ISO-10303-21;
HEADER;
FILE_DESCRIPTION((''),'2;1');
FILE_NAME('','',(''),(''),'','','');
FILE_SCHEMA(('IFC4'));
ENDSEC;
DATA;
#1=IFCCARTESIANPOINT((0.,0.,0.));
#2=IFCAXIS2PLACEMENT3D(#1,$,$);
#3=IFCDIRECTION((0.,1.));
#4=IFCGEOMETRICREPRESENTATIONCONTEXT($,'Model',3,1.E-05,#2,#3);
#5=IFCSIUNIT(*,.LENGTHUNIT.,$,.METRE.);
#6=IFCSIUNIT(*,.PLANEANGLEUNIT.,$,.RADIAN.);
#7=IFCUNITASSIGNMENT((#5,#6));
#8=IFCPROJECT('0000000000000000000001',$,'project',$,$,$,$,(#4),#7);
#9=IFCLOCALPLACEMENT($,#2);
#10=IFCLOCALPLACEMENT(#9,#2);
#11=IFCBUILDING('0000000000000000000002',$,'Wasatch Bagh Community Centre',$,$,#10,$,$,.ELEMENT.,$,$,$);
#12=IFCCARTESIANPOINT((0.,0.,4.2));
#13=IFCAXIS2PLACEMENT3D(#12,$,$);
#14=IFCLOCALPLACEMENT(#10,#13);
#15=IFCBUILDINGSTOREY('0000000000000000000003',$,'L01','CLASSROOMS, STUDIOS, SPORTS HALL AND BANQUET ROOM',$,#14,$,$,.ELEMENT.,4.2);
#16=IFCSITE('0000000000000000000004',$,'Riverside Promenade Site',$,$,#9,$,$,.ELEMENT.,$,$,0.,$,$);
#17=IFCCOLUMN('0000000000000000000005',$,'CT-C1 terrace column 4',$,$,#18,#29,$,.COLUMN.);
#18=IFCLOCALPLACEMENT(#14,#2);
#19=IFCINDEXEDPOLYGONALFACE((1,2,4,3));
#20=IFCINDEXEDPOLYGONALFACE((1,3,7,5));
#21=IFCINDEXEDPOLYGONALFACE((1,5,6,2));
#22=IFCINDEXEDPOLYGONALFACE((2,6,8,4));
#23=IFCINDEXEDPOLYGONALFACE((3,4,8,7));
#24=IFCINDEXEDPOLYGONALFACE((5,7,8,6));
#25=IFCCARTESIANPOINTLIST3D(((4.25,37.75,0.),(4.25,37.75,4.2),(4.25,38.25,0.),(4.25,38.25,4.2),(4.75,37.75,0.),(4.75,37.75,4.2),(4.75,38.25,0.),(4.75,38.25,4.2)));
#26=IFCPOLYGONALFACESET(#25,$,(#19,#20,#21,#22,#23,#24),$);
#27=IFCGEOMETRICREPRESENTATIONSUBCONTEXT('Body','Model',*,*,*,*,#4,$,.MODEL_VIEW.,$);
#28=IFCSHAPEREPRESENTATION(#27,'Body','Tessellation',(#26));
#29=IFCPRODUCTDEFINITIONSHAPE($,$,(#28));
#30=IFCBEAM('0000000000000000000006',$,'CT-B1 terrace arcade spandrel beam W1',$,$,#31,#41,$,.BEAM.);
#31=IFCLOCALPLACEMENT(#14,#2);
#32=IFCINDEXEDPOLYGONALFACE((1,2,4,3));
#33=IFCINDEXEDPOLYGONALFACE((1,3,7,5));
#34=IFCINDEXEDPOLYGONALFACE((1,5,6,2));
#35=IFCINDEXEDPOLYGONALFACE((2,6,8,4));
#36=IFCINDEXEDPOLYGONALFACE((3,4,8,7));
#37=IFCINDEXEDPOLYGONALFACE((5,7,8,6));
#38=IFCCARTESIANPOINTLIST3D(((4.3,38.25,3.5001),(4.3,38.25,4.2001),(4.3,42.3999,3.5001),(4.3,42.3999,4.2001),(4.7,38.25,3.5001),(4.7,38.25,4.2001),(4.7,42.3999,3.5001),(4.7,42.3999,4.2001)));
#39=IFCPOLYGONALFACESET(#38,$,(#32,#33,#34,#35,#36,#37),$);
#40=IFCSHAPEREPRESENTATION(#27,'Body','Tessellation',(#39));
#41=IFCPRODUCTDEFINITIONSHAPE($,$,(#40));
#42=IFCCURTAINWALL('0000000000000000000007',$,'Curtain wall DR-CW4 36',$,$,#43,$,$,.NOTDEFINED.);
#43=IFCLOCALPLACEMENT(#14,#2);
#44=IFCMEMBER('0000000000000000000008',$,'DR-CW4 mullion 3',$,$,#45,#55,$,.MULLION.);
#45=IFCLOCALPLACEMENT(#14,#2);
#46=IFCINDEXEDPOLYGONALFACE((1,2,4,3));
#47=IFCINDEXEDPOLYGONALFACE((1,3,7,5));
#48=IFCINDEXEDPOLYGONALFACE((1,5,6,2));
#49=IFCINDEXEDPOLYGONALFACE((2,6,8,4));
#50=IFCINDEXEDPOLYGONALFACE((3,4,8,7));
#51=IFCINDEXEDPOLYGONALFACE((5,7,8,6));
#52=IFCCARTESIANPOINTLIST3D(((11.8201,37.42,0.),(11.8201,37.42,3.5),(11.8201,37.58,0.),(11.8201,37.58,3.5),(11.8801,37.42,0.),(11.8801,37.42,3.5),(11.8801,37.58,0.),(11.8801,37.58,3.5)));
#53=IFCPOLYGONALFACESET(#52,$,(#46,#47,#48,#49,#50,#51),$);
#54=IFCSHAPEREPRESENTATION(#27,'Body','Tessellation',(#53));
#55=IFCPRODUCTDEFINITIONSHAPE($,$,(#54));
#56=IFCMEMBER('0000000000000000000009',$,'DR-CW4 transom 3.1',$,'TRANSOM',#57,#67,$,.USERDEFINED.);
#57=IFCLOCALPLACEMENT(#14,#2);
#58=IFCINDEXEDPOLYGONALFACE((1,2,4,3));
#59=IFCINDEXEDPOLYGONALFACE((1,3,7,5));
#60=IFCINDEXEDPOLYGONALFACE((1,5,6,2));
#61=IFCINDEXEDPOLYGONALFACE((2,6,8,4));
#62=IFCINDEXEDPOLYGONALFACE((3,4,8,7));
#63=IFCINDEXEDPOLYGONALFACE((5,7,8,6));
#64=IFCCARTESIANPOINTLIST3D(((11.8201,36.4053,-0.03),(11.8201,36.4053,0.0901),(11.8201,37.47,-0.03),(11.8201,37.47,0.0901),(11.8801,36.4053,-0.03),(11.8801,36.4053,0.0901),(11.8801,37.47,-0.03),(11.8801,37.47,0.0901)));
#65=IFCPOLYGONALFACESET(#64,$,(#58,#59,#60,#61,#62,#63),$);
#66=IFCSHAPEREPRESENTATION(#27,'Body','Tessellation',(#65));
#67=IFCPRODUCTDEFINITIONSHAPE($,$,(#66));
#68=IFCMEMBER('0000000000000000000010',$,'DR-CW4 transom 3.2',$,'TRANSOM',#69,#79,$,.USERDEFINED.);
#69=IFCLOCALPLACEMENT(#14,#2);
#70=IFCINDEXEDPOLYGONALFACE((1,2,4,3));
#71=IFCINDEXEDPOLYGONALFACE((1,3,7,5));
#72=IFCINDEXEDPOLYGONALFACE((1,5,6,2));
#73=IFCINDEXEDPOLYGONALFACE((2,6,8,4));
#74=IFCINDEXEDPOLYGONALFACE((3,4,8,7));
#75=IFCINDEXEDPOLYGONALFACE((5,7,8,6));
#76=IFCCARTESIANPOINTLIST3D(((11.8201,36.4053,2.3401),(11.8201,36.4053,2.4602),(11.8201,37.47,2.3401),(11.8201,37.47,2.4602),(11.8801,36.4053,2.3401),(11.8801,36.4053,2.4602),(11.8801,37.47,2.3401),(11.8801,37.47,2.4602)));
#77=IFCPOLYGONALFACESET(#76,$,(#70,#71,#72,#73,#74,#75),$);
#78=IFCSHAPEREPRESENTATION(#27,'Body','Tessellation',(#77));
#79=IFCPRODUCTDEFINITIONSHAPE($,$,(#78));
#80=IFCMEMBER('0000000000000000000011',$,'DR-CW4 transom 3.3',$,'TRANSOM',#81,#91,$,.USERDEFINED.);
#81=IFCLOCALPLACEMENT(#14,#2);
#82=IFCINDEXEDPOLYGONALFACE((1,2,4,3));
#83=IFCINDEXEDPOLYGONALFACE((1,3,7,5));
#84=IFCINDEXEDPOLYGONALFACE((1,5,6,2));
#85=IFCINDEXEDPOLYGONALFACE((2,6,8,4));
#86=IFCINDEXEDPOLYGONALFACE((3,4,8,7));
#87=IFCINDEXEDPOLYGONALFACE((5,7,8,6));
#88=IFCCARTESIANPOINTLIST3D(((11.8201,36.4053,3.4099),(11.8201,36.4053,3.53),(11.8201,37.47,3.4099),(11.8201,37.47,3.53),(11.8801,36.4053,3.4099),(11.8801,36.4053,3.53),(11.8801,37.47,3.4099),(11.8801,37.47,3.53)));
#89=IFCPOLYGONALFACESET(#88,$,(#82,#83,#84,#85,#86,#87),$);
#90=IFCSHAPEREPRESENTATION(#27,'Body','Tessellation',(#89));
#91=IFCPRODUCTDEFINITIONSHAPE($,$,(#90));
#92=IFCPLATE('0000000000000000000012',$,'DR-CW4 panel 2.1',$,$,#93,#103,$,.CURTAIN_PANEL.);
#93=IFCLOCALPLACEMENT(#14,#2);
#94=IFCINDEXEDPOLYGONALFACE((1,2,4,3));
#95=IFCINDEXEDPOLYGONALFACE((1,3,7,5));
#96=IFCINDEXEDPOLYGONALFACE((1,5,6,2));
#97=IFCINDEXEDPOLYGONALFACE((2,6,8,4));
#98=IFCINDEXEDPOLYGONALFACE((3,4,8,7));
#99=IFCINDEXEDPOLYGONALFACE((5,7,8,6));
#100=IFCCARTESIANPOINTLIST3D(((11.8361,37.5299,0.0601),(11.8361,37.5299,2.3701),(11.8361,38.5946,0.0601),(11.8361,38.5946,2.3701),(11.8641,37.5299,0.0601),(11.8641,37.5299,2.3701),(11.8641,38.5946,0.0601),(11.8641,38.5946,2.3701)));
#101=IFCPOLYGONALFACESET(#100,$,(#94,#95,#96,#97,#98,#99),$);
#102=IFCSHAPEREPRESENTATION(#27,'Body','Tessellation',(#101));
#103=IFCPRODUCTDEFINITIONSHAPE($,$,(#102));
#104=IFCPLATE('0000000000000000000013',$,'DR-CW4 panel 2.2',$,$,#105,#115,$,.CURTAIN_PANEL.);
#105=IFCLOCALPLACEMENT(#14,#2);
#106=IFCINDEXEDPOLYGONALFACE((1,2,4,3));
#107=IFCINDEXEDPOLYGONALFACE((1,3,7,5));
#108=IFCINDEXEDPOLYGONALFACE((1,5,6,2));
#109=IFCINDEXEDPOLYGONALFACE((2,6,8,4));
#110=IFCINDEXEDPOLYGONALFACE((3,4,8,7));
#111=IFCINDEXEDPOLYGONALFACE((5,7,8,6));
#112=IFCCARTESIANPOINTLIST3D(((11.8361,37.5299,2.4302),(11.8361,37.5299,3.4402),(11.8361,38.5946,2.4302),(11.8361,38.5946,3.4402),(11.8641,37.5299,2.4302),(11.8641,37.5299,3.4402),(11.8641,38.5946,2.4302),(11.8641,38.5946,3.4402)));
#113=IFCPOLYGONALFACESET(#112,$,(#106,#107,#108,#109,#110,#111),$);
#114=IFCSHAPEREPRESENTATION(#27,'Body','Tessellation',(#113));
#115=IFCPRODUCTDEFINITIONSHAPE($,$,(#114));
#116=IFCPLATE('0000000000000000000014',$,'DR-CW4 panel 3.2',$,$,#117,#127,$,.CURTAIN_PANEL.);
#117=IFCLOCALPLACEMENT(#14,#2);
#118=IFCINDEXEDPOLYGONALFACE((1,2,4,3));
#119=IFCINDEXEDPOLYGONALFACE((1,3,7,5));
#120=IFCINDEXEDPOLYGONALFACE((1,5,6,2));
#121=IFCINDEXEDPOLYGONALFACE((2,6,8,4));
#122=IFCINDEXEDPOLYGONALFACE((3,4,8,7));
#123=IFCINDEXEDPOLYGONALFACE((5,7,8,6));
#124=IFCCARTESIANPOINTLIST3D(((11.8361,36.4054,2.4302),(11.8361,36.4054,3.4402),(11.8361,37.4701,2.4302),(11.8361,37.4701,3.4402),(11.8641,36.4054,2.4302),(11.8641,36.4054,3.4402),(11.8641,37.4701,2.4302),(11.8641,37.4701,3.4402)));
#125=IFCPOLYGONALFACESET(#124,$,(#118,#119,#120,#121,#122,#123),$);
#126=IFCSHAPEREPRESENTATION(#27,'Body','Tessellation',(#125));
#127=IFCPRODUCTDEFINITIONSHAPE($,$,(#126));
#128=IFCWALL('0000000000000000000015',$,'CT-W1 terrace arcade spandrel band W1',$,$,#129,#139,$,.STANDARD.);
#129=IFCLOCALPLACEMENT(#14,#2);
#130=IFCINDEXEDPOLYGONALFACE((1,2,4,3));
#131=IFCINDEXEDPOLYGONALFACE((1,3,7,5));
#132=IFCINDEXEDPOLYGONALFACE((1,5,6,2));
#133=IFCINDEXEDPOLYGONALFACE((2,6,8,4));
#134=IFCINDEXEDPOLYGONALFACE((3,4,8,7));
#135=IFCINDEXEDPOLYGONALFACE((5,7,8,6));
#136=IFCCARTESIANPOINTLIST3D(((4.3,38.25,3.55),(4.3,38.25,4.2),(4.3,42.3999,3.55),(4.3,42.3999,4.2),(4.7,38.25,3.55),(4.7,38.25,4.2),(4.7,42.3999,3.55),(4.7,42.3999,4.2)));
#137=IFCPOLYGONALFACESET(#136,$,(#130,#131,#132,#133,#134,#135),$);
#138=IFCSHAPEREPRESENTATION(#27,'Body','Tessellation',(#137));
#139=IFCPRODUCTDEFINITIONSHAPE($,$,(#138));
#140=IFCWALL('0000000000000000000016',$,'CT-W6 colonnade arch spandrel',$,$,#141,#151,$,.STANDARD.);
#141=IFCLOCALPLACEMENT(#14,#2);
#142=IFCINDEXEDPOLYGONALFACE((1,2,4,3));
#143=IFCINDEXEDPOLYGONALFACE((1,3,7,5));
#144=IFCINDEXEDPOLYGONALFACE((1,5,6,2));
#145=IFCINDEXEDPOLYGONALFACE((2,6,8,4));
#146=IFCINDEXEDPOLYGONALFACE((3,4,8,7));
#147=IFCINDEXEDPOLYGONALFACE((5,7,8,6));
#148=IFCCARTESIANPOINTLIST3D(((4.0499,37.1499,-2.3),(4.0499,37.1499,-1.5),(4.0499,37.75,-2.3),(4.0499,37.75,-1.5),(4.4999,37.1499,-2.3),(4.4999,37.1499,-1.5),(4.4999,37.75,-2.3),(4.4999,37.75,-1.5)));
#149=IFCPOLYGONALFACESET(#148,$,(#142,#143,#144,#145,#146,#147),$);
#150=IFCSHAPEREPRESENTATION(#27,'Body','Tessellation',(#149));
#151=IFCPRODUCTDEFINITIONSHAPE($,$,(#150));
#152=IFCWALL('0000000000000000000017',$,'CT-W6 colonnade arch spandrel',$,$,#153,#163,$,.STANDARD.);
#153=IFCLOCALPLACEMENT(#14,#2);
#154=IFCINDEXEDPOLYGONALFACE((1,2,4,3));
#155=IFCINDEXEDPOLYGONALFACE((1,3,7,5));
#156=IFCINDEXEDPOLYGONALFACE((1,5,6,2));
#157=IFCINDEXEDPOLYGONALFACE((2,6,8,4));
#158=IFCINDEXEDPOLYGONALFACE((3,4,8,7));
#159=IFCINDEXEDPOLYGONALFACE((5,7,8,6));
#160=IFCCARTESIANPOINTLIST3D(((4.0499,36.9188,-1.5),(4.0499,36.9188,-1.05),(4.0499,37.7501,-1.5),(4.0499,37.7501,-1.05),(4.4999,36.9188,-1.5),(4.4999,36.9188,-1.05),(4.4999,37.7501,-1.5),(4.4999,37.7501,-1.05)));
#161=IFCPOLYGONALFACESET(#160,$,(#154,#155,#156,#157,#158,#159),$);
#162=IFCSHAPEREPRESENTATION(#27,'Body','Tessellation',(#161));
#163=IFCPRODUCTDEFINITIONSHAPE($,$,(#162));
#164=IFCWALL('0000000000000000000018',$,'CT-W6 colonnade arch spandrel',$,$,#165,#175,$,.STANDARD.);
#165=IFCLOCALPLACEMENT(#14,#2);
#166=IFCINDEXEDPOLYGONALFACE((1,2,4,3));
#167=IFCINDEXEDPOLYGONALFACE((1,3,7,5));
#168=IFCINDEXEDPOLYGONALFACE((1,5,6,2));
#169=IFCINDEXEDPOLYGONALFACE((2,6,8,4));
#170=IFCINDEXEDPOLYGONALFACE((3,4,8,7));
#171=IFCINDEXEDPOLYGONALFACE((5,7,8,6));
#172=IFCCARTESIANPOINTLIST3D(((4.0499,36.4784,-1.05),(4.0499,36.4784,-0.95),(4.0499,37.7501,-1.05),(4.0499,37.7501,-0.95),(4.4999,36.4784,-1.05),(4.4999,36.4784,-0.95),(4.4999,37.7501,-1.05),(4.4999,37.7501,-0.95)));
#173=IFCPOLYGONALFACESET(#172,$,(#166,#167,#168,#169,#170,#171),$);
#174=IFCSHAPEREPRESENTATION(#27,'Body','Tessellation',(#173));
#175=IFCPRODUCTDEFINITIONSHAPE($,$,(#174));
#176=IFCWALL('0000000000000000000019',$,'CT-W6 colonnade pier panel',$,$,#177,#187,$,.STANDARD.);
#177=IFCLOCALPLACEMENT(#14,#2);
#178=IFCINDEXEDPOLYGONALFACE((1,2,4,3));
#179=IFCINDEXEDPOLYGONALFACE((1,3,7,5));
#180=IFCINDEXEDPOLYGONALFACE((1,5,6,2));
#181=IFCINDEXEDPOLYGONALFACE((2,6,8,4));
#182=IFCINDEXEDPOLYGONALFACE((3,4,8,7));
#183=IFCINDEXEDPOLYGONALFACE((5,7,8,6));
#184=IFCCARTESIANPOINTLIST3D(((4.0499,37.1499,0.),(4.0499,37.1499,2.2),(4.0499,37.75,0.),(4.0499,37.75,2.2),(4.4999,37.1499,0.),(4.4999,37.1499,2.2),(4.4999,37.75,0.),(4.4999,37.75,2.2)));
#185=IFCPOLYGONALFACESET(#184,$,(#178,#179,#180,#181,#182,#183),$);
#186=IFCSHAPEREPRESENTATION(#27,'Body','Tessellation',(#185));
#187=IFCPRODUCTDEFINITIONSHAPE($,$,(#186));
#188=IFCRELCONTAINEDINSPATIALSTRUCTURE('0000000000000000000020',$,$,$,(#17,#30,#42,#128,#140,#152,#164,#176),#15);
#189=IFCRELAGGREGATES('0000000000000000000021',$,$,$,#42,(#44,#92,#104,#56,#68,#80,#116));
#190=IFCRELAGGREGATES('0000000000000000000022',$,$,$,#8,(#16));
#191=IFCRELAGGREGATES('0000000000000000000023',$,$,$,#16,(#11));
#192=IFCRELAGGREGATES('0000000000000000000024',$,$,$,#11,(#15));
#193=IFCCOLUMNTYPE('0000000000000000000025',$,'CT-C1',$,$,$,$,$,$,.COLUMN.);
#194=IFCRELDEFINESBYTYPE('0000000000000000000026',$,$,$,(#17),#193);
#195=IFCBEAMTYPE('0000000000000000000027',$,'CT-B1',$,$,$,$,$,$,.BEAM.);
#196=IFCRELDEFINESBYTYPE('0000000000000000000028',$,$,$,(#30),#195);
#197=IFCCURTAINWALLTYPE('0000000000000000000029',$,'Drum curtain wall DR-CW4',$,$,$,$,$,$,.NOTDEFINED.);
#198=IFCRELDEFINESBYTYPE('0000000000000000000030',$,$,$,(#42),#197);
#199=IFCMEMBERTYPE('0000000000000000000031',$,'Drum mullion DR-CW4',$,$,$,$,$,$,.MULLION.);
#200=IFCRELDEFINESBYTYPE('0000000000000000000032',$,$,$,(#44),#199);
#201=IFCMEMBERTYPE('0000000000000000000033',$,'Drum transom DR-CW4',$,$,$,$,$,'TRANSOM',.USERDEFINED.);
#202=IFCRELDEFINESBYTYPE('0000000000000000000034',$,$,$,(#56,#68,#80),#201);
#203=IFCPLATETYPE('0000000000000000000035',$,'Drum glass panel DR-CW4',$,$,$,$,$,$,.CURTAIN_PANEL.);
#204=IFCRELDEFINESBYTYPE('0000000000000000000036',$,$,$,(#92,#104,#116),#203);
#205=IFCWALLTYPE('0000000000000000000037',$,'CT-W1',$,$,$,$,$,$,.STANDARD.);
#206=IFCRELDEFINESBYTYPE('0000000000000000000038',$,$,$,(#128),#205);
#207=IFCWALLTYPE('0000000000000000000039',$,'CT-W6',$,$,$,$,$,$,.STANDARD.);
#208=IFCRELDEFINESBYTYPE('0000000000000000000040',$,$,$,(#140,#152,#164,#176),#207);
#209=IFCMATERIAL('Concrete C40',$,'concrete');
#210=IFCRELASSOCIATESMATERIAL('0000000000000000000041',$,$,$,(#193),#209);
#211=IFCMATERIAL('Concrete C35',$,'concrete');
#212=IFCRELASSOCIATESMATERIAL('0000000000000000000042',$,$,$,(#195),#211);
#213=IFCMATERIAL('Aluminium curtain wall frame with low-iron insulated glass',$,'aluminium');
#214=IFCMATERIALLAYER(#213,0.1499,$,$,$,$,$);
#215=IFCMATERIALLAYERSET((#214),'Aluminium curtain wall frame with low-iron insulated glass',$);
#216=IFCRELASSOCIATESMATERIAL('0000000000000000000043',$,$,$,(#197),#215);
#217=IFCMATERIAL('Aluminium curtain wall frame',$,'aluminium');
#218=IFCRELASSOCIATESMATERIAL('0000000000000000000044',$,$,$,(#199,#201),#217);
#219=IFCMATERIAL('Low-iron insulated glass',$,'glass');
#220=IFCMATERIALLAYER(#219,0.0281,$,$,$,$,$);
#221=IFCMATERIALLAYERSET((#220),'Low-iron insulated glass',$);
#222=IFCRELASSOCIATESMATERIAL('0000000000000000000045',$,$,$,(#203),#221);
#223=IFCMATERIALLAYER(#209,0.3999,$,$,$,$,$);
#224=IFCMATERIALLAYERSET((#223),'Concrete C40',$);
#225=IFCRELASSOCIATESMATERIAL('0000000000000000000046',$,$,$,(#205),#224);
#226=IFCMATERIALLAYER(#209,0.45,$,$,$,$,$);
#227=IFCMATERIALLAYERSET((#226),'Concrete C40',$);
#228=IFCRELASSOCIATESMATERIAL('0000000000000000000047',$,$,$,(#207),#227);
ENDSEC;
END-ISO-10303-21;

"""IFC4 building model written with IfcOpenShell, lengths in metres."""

from ifc_helpers import new_model, si_unit, direction, frame, frame_2d, origin, origin_2d, place, context, subcontext, project, spatial, rectangle, extrude, material, layer, layer_set, material_profile, profile_set, type_object, element, aggregate, save


model = new_model("IFC4")

# Units and contexts
model_context = context("Model", 3, precision=1e-05, world=origin(), true_north=direction((0.0, 1.0)))
body_context = subcontext(model_context, "Body", "Model", "MODEL_VIEW")
ifc_project = project(units=[si_unit("LENGTHUNIT", "METRE"), si_unit("PLANEANGLEUNIT", "RADIAN")], contexts=[model_context])

# Site, building, storey
site_placement = place(None, origin())
site = spatial("IfcSite", under=ifc_project, at=site_placement, Name="Riverside Promenade Site", CompositionType="ELEMENT", RefElevation=0.0)
building_placement = place(site_placement, origin())
building = spatial("IfcBuilding", under=site, at=building_placement, Name="Wasatch Bagh Community Centre", CompositionType="ELEMENT")
storey_placement = place(building_placement, frame((0.0, 0.0, 4.2)))
storey = spatial("IfcBuildingStorey", under=building, at=storey_placement, Name="L01", Description="CLASSROOMS, STUDIOS, SPORTS HALL AND BANQUET ROOM", CompositionType="ELEMENT", Elevation=4.2)

# Column
ifc_material_1 = material(Name="Concrete C40", Category="concrete")
ifc_material_profile_1 = material_profile(ifc_material_1, rectangle(XDim=0.5, YDim=0.5, at=origin_2d()), Name="RC 500x500")
ifc_profile_set_1 = profile_set([ifc_material_profile_1], Name="Concrete C40")
column_type = type_object("IfcColumnType", Name="CT-C1", PredefinedType="COLUMN", material=ifc_profile_set_1)
column_placement = place(storey_placement, frame((4.5, 38.0, 0.0), z_axis=(0.0, 0.0, 1.0), x_axis=(1.0, 0.0, 0.0)))
element("IfcColumn", 1, at=column_placement, inside=storey, type_object=column_type, Name="CT-C1 terrace column 4", PredefinedType="COLUMN", context=body_context, shape_type="SweptSolid", body=[
    extrude(rectangle(XDim=0.5, YDim=0.5, at=origin_2d()), origin(), (0.0, 0.0, 1.0), 4.2),
])

# Beam
ifc_material_2 = material(Name="Concrete C35", Category="concrete")
ifc_material_profile_2 = material_profile(ifc_material_2, rectangle(XDim=0.3999, YDim=0.7, at=origin_2d()), Name="RC 400x700")
ifc_profile_set_2 = profile_set([ifc_material_profile_2], Name="Concrete C35")
beam_type = type_object("IfcBeamType", Name="CT-B1", PredefinedType="BEAM", material=ifc_profile_set_2)
beam_placement = place(storey_placement, frame((4.5, 38.25, 3.8501), z_axis=(0.0, 1.0, 0.0), x_axis=(-1.0, 0.0, 0.0)))
element("IfcBeam", 2, at=beam_placement, inside=storey, type_object=beam_type, Name="CT-B1 terrace arcade spandrel beam W1", PredefinedType="BEAM", context=body_context, shape_type="SweptSolid", body=[
    extrude(rectangle(XDim=0.3999, YDim=0.7, at=origin_2d()), origin(), (0.0, 0.0, 1.0), 4.1499),
])

# Curtain wall, members, plates
ifc_material_3 = material(Name="Aluminium curtain wall frame with low-iron insulated glass", Category="aluminium")
ifc_layer_1 = layer(ifc_material_3, 0.1499)
ifc_layer_set_1 = layer_set([ifc_layer_1], Name="Aluminium curtain wall frame with low-iron insulated glass")
curtain_wall_type = type_object("IfcCurtainWallType", Name="Drum curtain wall DR-CW4", PredefinedType="NOTDEFINED", material=ifc_layer_set_1)
curtain_wall_placement = place(storey_placement, origin())
curtain_wall = element("IfcCurtainWall", 3, at=curtain_wall_placement, inside=storey, type_object=curtain_wall_type, Name="Curtain wall DR-CW4 36", PredefinedType="NOTDEFINED")
ifc_material_4 = material(Name="Aluminium curtain wall frame", Category="aluminium")
ifc_material_profile_3 = material_profile(ifc_material_4, rectangle(XDim=0.0601, YDim=0.1599, at=origin_2d()), Name="Drum mullion DR-CW4")
ifc_profile_set_3 = profile_set([ifc_material_profile_3], Name="Aluminium curtain wall frame")
member_type_1 = type_object("IfcMemberType", Name="Drum mullion DR-CW4", PredefinedType="MULLION", material=ifc_profile_set_3)
member_1_placement = place(storey_placement, frame((11.8501, 37.5, 0.0), z_axis=(0.0, 0.0, 1.0), x_axis=(1.0, 0.0, 0.0)))
member_1 = element("IfcMember", 4, at=member_1_placement, type_object=member_type_1, Name="DR-CW4 mullion 3", PredefinedType="MULLION", context=body_context, shape_type="SweptSolid", body=[
    extrude(rectangle(XDim=0.0601, YDim=0.1599, at=origin_2d()), origin(), (0.0, 0.0, 1.0), 3.5),
])
ifc_material_profile_4 = material_profile(ifc_material_4, rectangle(XDim=0.0601, YDim=0.1201, at=origin_2d()), Name="Drum transom DR-CW4")
ifc_profile_set_4 = profile_set([ifc_material_profile_4], Name="Aluminium curtain wall frame")
member_type_2 = type_object("IfcMemberType", Name="Drum transom DR-CW4", ElementType="TRANSOM", PredefinedType="USERDEFINED", material=ifc_profile_set_4)
member_2_placement = place(storey_placement, frame((11.8501, 37.47, 0.03), z_axis=(0.0, -1.0, 0.0), x_axis=(1.0, 0.0, 0.0)))
member_2 = element("IfcMember", 5, at=member_2_placement, type_object=member_type_2, Name="DR-CW4 transom 3.1", ObjectType="TRANSOM", PredefinedType="USERDEFINED", context=body_context, shape_type="SweptSolid", body=[
    extrude(rectangle(XDim=0.0601, YDim=0.1201, at=origin_2d()), origin(), (0.0, 0.0, 1.0), 1.0647),
])
member_3_placement = place(storey_placement, frame((11.8501, 37.47, 2.4001), z_axis=(0.0, -1.0, 0.0), x_axis=(1.0, 0.0, 0.0)))
member_3 = element("IfcMember", 6, at=member_3_placement, type_object=member_type_2, Name="DR-CW4 transom 3.2", ObjectType="TRANSOM", PredefinedType="USERDEFINED", context=body_context, shape_type="SweptSolid", body=[
    extrude(rectangle(XDim=0.0601, YDim=0.1201, at=origin_2d()), origin(), (0.0, 0.0, 1.0), 1.0647),
])
member_4_placement = place(storey_placement, frame((11.8501, 37.47, 3.47), z_axis=(0.0, -1.0, 0.0), x_axis=(1.0, 0.0, 0.0)))
member_4 = element("IfcMember", 7, at=member_4_placement, type_object=member_type_2, Name="DR-CW4 transom 3.3", ObjectType="TRANSOM", PredefinedType="USERDEFINED", context=body_context, shape_type="SweptSolid", body=[
    extrude(rectangle(XDim=0.0601, YDim=0.1201, at=origin_2d()), origin(), (0.0, 0.0, 1.0), 1.0647),
])
ifc_material_5 = material(Name="Low-iron insulated glass", Category="glass")
ifc_layer_2 = layer(ifc_material_5, 0.0281)
ifc_layer_set_2 = layer_set([ifc_layer_2], Name="Low-iron insulated glass")
plate_type = type_object("IfcPlateType", Name="Drum glass panel DR-CW4", PredefinedType="CURTAIN_PANEL", material=ifc_layer_set_2)
plate_1_placement = place(storey_placement, frame((11.8501, 38.0623, 0.0601), z_axis=(0.0, 0.0, 1.0), x_axis=(0.0, -1.0, 0.0)))
plate_1 = element("IfcPlate", 8, at=plate_1_placement, type_object=plate_type, Name="DR-CW4 panel 2.1", PredefinedType="CURTAIN_PANEL", context=body_context, shape_type="SweptSolid", body=[
    extrude(rectangle(XDim=1.0647, YDim=0.0281, at=origin_2d()), origin(), (0.0, 0.0, 1.0), 2.3101),
])
plate_2_placement = place(storey_placement, frame((11.8501, 38.0623, 2.4302), z_axis=(0.0, 0.0, 1.0), x_axis=(0.0, -1.0, 0.0)))
plate_2 = element("IfcPlate", 9, at=plate_2_placement, type_object=plate_type, Name="DR-CW4 panel 2.2", PredefinedType="CURTAIN_PANEL", context=body_context, shape_type="SweptSolid", body=[
    extrude(rectangle(XDim=1.0647, YDim=0.0281, at=origin_2d()), origin(), (0.0, 0.0, 1.0), 1.01),
])
plate_3_placement = place(storey_placement, frame((11.8501, 36.9377, 2.4302), z_axis=(0.0, 0.0, 1.0), x_axis=(0.0, -1.0, 0.0)))
plate_3 = element("IfcPlate", 10, at=plate_3_placement, type_object=plate_type, Name="DR-CW4 panel 3.2", PredefinedType="CURTAIN_PANEL", context=body_context, shape_type="SweptSolid", body=[
    extrude(rectangle(XDim=1.0647, YDim=0.0281, at=origin_2d()), origin(), (0.0, 0.0, 1.0), 1.01),
])
aggregate(curtain_wall, [member_1, plate_1, plate_2, member_2, member_3, member_4, plate_3])

# Walls
ifc_layer_3 = layer(ifc_material_1, 0.3999)
ifc_layer_set_3 = layer_set([ifc_layer_3], Name="Concrete C40")
wall_type_1 = type_object("IfcWallType", Name="CT-W1", PredefinedType="STANDARD", material=ifc_layer_set_3)
wall_1_placement = place(storey_placement, frame((4.5, 38.25, 3.55), z_axis=(0.0, 0.0, 1.0), x_axis=(0.0, 1.0, 0.0)))
element("IfcWall", 11, at=wall_1_placement, inside=storey, type_object=wall_type_1, Name="CT-W1 terrace arcade spandrel band W1", PredefinedType="STANDARD", context=body_context, shape_type="SweptSolid", body=[
    extrude(rectangle(XDim=4.1499, YDim=0.3999, at=frame_2d((2.075, 0.0))), origin(), (0.0, 0.0, 1.0), 0.6499),
])
ifc_layer_4 = layer(ifc_material_1, 0.45)
ifc_layer_set_4 = layer_set([ifc_layer_4], Name="Concrete C40")
wall_type_2 = type_object("IfcWallType", Name="CT-W6", PredefinedType="STANDARD", material=ifc_layer_set_4)
wall_2_placement = place(storey_placement, frame((4.2749, 37.75, -2.3), z_axis=(0.0, 0.0, 1.0), x_axis=(0.0, -1.0, 0.0)))
element("IfcWall", 12, at=wall_2_placement, inside=storey, type_object=wall_type_2, Name="CT-W6 colonnade arch spandrel", PredefinedType="STANDARD", context=body_context, shape_type="SweptSolid", body=[
    extrude(rectangle(XDim=0.6001, YDim=0.45, at=frame_2d((0.3, 0.0))), origin(), (0.0, 0.0, 1.0), 0.8),
])
wall_3_placement = place(storey_placement, frame((4.2749, 37.75, -1.5), z_axis=(0.0, 0.0, 1.0), x_axis=(0.0, -1.0, 0.0)))
element("IfcWall", 13, at=wall_3_placement, inside=storey, type_object=wall_type_2, Name="CT-W6 colonnade arch spandrel", PredefinedType="STANDARD", context=body_context, shape_type="SweptSolid", body=[
    extrude(rectangle(XDim=0.8313, YDim=0.45, at=frame_2d((0.4155, 0.0))), origin(), (0.0, 0.0, 1.0), 0.45),
])
wall_4_placement = place(storey_placement, frame((4.2749, 37.75, -1.05), z_axis=(0.0, 0.0, 1.0), x_axis=(0.0, -1.0, 0.0)))
element("IfcWall", 14, at=wall_4_placement, inside=storey, type_object=wall_type_2, Name="CT-W6 colonnade arch spandrel", PredefinedType="STANDARD", context=body_context, shape_type="SweptSolid", body=[
    extrude(rectangle(XDim=1.2717, YDim=0.45, at=frame_2d((0.6357, 0.0))), origin(), (0.0, 0.0, 1.0), 0.1001),
])
wall_5_placement = place(storey_placement, frame((4.2749, 37.75, 0.0), z_axis=(0.0, 0.0, 1.0), x_axis=(0.0, -1.0, 0.0)))
element("IfcWall", 15, at=wall_5_placement, inside=storey, type_object=wall_type_2, Name="CT-W6 colonnade pier panel", PredefinedType="STANDARD", context=body_context, shape_type="SweptSolid", body=[
    extrude(rectangle(XDim=0.6001, YDim=0.45, at=frame_2d((0.3, 0.0))), origin(), (0.0, 0.0, 1.0), 2.2),
])

save(model, "model.ifc")
